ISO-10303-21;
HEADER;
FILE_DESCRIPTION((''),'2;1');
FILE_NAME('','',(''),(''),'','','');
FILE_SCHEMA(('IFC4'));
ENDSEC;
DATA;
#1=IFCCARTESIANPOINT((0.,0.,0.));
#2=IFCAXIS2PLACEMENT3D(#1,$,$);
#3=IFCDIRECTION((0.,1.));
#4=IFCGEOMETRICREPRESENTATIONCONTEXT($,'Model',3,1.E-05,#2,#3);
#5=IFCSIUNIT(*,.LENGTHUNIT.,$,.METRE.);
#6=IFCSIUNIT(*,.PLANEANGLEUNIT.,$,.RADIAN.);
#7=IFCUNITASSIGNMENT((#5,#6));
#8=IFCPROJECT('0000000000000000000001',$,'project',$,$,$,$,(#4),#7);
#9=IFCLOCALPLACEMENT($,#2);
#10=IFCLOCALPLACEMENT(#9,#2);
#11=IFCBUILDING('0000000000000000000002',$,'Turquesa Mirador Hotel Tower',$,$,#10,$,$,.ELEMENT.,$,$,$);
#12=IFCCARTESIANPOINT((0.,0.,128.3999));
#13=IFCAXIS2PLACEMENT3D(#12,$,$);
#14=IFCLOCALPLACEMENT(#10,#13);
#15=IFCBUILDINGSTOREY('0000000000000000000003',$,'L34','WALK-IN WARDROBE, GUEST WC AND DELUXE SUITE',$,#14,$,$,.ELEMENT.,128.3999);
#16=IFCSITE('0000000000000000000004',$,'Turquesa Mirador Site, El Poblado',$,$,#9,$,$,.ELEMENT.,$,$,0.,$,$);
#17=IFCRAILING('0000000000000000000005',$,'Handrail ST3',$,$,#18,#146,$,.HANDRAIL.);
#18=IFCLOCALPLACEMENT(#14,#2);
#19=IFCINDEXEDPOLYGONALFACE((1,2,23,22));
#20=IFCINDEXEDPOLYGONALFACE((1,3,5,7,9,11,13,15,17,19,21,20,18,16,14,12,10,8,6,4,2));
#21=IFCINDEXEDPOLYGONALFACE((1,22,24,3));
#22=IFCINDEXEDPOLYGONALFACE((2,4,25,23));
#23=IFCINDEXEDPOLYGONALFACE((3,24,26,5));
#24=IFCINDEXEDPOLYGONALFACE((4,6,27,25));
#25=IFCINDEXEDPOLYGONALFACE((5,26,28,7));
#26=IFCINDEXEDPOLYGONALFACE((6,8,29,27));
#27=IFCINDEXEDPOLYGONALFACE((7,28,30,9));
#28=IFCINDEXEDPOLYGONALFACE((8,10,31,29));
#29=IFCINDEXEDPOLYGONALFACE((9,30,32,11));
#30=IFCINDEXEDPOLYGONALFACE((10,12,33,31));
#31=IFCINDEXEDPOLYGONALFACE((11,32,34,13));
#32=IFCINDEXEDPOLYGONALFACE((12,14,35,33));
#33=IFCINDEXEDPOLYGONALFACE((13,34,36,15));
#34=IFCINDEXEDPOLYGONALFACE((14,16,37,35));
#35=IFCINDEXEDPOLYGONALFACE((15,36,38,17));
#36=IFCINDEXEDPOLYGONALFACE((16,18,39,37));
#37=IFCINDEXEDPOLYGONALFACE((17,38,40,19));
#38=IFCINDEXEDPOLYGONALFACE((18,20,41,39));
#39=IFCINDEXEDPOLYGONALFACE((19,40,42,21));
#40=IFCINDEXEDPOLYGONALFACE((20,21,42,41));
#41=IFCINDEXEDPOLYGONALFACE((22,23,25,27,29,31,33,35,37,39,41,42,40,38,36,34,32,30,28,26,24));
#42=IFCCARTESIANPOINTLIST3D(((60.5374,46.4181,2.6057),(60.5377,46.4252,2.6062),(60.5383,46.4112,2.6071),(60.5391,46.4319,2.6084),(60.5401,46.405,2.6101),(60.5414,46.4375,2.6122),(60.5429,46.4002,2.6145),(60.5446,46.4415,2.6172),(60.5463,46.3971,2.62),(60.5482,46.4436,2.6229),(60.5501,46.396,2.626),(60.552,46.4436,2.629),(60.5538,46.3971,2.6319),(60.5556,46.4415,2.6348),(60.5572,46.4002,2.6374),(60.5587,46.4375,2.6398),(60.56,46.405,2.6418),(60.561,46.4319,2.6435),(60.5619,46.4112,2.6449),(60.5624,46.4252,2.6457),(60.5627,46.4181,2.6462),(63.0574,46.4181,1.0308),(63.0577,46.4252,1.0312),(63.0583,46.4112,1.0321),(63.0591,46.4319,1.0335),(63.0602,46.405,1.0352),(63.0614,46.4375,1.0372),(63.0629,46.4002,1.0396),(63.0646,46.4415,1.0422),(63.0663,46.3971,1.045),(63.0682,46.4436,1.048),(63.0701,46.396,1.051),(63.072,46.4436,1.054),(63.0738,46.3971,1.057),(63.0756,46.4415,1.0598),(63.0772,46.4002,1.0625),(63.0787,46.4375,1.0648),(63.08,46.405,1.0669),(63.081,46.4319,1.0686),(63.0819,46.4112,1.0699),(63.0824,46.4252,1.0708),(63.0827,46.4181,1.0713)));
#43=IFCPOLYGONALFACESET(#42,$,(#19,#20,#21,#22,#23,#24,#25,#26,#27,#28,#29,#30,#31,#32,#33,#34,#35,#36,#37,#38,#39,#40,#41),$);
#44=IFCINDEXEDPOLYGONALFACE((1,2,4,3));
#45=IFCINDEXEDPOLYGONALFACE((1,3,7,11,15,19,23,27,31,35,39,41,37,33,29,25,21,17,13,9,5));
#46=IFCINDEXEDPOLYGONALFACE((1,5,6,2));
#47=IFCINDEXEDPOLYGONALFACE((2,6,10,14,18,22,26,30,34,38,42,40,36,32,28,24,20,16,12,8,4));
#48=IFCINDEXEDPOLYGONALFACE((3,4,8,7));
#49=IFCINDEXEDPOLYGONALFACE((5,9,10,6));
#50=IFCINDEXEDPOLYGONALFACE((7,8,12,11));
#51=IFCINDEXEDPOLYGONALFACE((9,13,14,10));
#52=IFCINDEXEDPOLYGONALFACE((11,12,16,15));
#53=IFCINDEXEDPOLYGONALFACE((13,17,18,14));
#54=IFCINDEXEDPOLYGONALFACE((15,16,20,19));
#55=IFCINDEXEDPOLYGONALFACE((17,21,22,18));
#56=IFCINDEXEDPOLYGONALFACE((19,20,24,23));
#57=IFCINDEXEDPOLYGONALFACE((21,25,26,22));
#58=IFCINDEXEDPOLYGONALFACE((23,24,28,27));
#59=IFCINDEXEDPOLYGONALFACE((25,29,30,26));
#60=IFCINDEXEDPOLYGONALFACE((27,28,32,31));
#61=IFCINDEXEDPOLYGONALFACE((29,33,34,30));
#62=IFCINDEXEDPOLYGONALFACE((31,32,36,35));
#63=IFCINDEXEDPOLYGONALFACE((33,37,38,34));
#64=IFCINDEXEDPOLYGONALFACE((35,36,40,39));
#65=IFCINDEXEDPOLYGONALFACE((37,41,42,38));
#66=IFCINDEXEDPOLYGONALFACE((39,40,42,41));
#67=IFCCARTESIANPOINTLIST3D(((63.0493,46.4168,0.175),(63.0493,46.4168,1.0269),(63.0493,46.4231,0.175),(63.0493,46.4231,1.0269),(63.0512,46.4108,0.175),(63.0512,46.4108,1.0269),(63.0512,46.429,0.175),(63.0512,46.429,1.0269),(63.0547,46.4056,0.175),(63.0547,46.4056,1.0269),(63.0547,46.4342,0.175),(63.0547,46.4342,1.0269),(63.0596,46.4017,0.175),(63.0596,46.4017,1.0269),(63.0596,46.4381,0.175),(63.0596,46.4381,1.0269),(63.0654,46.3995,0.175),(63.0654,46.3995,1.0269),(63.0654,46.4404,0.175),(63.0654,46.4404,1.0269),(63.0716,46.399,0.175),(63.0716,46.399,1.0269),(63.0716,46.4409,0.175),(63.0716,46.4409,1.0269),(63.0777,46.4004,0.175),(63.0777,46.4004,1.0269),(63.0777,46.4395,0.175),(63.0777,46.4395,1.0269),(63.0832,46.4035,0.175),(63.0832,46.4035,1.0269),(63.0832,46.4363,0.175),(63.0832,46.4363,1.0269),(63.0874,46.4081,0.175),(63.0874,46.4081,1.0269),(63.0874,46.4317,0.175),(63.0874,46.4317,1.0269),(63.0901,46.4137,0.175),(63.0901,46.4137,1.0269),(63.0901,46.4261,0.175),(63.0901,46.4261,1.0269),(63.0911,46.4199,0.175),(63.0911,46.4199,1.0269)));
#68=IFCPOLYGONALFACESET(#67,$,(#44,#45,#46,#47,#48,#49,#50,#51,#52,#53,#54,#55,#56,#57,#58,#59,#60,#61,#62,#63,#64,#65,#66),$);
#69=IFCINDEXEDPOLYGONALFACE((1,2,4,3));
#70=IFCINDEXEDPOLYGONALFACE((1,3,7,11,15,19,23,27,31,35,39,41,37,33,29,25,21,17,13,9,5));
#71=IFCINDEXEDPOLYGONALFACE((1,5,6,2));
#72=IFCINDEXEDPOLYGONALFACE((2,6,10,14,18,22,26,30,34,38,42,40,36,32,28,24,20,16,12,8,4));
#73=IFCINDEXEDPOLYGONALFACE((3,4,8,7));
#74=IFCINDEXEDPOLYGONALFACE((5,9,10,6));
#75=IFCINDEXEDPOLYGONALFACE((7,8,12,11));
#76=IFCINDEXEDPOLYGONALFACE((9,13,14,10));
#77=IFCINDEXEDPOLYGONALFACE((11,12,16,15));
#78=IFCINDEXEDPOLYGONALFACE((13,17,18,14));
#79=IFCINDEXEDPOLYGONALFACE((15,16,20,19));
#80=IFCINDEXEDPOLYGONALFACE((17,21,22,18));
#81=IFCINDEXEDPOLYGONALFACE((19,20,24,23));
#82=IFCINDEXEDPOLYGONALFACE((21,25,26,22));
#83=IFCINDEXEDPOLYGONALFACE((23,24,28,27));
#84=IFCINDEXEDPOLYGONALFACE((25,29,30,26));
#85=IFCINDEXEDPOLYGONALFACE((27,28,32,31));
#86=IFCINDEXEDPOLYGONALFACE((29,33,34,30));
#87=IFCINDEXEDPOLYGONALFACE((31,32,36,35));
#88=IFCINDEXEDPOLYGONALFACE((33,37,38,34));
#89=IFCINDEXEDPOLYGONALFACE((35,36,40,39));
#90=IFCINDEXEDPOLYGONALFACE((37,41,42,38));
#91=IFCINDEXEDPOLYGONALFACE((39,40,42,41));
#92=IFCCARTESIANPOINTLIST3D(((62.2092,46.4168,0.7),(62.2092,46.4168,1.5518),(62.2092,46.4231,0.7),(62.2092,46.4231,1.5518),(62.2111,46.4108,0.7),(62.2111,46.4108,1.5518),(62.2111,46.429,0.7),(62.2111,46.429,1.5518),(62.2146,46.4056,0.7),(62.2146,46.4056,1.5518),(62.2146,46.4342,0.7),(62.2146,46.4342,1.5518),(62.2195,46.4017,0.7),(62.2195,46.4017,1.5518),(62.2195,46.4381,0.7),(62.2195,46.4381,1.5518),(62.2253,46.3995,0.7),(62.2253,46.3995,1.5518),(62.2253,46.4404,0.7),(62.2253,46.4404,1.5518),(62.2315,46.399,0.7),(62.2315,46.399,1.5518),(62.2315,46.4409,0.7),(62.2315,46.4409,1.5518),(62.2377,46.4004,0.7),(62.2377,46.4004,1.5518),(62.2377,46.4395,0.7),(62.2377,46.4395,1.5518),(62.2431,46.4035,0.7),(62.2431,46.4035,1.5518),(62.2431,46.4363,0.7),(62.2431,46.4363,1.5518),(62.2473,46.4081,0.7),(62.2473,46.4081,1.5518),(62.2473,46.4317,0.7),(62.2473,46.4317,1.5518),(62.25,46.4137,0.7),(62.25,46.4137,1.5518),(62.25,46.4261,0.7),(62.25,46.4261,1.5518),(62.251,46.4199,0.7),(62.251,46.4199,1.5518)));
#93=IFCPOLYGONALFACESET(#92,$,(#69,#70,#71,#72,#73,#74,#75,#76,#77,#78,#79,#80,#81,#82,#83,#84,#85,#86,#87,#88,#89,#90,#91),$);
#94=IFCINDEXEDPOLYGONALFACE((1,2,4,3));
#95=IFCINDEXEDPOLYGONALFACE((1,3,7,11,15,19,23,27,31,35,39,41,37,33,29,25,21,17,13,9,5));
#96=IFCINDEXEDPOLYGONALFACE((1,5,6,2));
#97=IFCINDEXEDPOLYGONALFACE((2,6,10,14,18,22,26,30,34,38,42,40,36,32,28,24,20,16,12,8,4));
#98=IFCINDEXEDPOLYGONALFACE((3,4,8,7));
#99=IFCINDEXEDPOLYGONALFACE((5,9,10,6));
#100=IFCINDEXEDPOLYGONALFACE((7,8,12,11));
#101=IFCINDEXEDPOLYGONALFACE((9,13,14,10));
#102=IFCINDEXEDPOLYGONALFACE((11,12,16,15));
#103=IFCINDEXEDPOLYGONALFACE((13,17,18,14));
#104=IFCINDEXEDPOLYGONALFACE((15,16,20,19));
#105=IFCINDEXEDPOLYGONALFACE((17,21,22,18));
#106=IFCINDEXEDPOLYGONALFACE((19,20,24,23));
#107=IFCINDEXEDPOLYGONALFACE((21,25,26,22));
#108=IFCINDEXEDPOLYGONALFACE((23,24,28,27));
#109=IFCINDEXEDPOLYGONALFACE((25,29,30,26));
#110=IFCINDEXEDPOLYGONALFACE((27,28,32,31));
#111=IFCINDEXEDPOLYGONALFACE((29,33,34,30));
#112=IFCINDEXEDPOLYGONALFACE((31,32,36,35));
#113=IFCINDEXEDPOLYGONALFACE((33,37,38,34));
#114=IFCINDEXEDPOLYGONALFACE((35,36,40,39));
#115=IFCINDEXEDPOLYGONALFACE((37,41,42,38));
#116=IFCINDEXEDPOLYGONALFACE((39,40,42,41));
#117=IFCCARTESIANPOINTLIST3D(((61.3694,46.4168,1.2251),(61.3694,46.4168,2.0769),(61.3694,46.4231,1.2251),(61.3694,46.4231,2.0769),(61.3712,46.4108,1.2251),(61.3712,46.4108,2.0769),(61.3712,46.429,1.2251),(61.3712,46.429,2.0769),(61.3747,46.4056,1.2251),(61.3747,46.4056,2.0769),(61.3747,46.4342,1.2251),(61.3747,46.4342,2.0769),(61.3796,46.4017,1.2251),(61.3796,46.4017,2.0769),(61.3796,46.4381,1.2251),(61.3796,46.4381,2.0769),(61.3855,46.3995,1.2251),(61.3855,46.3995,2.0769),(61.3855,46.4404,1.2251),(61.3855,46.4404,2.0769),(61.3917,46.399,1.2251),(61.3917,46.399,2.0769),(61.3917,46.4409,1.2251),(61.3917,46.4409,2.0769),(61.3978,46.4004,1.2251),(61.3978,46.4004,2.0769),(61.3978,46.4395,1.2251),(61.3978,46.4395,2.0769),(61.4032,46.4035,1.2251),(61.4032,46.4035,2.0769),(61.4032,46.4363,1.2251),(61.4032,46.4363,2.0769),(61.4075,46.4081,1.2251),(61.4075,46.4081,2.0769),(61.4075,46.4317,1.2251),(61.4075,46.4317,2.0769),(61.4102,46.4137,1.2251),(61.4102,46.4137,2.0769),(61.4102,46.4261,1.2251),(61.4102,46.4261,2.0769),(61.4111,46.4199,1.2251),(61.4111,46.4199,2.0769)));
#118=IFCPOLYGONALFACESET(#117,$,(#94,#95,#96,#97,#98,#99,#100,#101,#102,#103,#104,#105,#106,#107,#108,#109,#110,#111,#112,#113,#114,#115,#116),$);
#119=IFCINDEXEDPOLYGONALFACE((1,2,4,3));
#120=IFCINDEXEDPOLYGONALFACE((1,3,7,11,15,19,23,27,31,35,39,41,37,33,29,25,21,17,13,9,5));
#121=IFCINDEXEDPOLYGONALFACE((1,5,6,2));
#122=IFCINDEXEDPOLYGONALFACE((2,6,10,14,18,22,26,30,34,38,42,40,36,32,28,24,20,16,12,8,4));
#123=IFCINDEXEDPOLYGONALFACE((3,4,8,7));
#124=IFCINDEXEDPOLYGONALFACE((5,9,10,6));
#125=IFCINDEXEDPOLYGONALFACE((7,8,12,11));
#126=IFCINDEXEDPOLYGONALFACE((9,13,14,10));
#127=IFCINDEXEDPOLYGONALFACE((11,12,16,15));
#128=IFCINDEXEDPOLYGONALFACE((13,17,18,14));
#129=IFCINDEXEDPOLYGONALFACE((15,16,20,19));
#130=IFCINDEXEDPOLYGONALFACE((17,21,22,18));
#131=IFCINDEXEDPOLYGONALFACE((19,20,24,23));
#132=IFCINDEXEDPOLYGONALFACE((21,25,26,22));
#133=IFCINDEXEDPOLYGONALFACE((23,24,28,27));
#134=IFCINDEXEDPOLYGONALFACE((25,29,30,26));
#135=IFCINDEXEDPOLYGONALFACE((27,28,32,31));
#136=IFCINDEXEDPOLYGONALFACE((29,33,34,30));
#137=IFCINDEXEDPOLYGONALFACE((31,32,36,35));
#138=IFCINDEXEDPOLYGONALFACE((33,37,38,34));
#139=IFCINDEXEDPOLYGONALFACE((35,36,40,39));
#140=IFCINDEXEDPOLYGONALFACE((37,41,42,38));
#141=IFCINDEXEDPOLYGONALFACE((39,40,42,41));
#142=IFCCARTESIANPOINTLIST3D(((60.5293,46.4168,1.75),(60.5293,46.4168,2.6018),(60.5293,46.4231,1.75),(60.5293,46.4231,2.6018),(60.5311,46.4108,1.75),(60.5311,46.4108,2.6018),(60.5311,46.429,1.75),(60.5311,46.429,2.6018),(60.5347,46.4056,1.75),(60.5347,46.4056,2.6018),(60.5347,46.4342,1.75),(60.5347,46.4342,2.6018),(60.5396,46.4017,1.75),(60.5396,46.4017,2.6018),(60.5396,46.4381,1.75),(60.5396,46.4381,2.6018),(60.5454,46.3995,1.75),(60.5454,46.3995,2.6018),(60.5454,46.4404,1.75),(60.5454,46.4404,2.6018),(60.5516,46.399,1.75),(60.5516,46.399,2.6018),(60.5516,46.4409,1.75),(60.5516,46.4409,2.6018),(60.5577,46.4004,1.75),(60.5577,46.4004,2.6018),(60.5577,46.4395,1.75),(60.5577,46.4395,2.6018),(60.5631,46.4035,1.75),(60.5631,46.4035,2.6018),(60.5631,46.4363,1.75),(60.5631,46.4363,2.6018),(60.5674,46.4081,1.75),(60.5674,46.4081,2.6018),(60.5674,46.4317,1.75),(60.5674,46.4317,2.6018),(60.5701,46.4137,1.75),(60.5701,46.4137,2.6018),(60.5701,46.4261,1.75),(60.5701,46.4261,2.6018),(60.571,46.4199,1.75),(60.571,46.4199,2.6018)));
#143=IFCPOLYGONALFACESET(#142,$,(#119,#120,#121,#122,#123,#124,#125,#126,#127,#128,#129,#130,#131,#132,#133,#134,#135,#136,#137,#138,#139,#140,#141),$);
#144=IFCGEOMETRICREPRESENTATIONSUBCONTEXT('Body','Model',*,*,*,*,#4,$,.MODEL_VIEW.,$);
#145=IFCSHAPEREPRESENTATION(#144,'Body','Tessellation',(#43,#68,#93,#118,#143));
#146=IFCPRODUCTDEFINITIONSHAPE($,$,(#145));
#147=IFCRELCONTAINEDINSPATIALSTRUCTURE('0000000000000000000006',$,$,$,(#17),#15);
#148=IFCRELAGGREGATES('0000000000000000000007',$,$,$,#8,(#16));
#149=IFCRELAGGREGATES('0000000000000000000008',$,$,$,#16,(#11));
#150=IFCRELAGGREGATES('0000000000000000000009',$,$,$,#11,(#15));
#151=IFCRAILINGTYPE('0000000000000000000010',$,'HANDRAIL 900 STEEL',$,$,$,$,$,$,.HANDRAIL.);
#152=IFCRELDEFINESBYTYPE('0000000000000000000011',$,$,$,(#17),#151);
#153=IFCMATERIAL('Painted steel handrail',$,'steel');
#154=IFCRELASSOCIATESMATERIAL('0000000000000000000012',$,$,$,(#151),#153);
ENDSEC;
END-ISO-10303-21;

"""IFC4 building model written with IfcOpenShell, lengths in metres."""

from ifc_helpers import new_model, si_unit, direction, frame, origin, origin_2d, place, context, subcontext, project, spatial, circle, extrude, material, type_object, element, save


model = new_model("IFC4")

# Units and contexts
model_context = context("Model", 3, precision=1e-05, world=origin(), true_north=direction((0.0, 1.0)))
body_context = subcontext(model_context, "Body", "Model", "MODEL_VIEW")
ifc_project = project(units=[si_unit("LENGTHUNIT", "METRE"), si_unit("PLANEANGLEUNIT", "RADIAN")], contexts=[model_context])

# Site, building, storey
site_placement = place(None, origin())
site = spatial("IfcSite", under=ifc_project, at=site_placement, Name="Turquesa Mirador Site, El Poblado", CompositionType="ELEMENT", RefElevation=0.0)
building_placement = place(site_placement, origin())
building = spatial("IfcBuilding", under=site, at=building_placement, Name="Turquesa Mirador Hotel Tower", CompositionType="ELEMENT")
storey_placement = place(building_placement, frame((0.0, 0.0, 128.3999)))
storey = spatial("IfcBuildingStorey", under=building, at=storey_placement, Name="L34", Description="WALK-IN WARDROBE, GUEST WC AND DELUXE SUITE", CompositionType="ELEMENT", Elevation=128.3999)

# Railing
ifc_material_1 = material(Name="Painted steel handrail", Category="steel")
railing_type = type_object("IfcRailingType", Name="HANDRAIL 900 STEEL", PredefinedType="HANDRAIL", material=ifc_material_1)
railing_1_placement = place(storey_placement, frame((63.0701, 46.4199, 0.175)))
element("IfcRailing", 1, at=railing_1_placement, inside=storey, type_object=railing_type, Name="Handrail ST3", PredefinedType="HANDRAIL", context=body_context, shape_type="SweptSolid", body=[
    extrude(circle(Radius=0.0239, at=origin_2d()), frame((0.0, 0.0, 0.876), z_axis=(-0.848008, 0.0, 0.529984), x_axis=(0.0, -1.0, 0.0)), (0.0, 0.0, 1.0), 2.9717),
    extrude(circle(Radius=0.021, at=origin_2d()), origin(), (0.0, 0.0, 1.0), 0.8518),
    extrude(circle(Radius=0.021, at=origin_2d()), frame((-0.8401, 0.0, 0.5249)), (0.0, 0.0, 1.0), 0.8518),
    extrude(circle(Radius=0.021, at=origin_2d()), frame((-1.6799, 0.0, 1.05)), (0.0, 0.0, 1.0), 0.8518),
    extrude(circle(Radius=0.021, at=origin_2d()), frame((-2.52, 0.0, 1.575)), (0.0, 0.0, 1.0), 0.8518),
])

save(model, "model.ifc")
